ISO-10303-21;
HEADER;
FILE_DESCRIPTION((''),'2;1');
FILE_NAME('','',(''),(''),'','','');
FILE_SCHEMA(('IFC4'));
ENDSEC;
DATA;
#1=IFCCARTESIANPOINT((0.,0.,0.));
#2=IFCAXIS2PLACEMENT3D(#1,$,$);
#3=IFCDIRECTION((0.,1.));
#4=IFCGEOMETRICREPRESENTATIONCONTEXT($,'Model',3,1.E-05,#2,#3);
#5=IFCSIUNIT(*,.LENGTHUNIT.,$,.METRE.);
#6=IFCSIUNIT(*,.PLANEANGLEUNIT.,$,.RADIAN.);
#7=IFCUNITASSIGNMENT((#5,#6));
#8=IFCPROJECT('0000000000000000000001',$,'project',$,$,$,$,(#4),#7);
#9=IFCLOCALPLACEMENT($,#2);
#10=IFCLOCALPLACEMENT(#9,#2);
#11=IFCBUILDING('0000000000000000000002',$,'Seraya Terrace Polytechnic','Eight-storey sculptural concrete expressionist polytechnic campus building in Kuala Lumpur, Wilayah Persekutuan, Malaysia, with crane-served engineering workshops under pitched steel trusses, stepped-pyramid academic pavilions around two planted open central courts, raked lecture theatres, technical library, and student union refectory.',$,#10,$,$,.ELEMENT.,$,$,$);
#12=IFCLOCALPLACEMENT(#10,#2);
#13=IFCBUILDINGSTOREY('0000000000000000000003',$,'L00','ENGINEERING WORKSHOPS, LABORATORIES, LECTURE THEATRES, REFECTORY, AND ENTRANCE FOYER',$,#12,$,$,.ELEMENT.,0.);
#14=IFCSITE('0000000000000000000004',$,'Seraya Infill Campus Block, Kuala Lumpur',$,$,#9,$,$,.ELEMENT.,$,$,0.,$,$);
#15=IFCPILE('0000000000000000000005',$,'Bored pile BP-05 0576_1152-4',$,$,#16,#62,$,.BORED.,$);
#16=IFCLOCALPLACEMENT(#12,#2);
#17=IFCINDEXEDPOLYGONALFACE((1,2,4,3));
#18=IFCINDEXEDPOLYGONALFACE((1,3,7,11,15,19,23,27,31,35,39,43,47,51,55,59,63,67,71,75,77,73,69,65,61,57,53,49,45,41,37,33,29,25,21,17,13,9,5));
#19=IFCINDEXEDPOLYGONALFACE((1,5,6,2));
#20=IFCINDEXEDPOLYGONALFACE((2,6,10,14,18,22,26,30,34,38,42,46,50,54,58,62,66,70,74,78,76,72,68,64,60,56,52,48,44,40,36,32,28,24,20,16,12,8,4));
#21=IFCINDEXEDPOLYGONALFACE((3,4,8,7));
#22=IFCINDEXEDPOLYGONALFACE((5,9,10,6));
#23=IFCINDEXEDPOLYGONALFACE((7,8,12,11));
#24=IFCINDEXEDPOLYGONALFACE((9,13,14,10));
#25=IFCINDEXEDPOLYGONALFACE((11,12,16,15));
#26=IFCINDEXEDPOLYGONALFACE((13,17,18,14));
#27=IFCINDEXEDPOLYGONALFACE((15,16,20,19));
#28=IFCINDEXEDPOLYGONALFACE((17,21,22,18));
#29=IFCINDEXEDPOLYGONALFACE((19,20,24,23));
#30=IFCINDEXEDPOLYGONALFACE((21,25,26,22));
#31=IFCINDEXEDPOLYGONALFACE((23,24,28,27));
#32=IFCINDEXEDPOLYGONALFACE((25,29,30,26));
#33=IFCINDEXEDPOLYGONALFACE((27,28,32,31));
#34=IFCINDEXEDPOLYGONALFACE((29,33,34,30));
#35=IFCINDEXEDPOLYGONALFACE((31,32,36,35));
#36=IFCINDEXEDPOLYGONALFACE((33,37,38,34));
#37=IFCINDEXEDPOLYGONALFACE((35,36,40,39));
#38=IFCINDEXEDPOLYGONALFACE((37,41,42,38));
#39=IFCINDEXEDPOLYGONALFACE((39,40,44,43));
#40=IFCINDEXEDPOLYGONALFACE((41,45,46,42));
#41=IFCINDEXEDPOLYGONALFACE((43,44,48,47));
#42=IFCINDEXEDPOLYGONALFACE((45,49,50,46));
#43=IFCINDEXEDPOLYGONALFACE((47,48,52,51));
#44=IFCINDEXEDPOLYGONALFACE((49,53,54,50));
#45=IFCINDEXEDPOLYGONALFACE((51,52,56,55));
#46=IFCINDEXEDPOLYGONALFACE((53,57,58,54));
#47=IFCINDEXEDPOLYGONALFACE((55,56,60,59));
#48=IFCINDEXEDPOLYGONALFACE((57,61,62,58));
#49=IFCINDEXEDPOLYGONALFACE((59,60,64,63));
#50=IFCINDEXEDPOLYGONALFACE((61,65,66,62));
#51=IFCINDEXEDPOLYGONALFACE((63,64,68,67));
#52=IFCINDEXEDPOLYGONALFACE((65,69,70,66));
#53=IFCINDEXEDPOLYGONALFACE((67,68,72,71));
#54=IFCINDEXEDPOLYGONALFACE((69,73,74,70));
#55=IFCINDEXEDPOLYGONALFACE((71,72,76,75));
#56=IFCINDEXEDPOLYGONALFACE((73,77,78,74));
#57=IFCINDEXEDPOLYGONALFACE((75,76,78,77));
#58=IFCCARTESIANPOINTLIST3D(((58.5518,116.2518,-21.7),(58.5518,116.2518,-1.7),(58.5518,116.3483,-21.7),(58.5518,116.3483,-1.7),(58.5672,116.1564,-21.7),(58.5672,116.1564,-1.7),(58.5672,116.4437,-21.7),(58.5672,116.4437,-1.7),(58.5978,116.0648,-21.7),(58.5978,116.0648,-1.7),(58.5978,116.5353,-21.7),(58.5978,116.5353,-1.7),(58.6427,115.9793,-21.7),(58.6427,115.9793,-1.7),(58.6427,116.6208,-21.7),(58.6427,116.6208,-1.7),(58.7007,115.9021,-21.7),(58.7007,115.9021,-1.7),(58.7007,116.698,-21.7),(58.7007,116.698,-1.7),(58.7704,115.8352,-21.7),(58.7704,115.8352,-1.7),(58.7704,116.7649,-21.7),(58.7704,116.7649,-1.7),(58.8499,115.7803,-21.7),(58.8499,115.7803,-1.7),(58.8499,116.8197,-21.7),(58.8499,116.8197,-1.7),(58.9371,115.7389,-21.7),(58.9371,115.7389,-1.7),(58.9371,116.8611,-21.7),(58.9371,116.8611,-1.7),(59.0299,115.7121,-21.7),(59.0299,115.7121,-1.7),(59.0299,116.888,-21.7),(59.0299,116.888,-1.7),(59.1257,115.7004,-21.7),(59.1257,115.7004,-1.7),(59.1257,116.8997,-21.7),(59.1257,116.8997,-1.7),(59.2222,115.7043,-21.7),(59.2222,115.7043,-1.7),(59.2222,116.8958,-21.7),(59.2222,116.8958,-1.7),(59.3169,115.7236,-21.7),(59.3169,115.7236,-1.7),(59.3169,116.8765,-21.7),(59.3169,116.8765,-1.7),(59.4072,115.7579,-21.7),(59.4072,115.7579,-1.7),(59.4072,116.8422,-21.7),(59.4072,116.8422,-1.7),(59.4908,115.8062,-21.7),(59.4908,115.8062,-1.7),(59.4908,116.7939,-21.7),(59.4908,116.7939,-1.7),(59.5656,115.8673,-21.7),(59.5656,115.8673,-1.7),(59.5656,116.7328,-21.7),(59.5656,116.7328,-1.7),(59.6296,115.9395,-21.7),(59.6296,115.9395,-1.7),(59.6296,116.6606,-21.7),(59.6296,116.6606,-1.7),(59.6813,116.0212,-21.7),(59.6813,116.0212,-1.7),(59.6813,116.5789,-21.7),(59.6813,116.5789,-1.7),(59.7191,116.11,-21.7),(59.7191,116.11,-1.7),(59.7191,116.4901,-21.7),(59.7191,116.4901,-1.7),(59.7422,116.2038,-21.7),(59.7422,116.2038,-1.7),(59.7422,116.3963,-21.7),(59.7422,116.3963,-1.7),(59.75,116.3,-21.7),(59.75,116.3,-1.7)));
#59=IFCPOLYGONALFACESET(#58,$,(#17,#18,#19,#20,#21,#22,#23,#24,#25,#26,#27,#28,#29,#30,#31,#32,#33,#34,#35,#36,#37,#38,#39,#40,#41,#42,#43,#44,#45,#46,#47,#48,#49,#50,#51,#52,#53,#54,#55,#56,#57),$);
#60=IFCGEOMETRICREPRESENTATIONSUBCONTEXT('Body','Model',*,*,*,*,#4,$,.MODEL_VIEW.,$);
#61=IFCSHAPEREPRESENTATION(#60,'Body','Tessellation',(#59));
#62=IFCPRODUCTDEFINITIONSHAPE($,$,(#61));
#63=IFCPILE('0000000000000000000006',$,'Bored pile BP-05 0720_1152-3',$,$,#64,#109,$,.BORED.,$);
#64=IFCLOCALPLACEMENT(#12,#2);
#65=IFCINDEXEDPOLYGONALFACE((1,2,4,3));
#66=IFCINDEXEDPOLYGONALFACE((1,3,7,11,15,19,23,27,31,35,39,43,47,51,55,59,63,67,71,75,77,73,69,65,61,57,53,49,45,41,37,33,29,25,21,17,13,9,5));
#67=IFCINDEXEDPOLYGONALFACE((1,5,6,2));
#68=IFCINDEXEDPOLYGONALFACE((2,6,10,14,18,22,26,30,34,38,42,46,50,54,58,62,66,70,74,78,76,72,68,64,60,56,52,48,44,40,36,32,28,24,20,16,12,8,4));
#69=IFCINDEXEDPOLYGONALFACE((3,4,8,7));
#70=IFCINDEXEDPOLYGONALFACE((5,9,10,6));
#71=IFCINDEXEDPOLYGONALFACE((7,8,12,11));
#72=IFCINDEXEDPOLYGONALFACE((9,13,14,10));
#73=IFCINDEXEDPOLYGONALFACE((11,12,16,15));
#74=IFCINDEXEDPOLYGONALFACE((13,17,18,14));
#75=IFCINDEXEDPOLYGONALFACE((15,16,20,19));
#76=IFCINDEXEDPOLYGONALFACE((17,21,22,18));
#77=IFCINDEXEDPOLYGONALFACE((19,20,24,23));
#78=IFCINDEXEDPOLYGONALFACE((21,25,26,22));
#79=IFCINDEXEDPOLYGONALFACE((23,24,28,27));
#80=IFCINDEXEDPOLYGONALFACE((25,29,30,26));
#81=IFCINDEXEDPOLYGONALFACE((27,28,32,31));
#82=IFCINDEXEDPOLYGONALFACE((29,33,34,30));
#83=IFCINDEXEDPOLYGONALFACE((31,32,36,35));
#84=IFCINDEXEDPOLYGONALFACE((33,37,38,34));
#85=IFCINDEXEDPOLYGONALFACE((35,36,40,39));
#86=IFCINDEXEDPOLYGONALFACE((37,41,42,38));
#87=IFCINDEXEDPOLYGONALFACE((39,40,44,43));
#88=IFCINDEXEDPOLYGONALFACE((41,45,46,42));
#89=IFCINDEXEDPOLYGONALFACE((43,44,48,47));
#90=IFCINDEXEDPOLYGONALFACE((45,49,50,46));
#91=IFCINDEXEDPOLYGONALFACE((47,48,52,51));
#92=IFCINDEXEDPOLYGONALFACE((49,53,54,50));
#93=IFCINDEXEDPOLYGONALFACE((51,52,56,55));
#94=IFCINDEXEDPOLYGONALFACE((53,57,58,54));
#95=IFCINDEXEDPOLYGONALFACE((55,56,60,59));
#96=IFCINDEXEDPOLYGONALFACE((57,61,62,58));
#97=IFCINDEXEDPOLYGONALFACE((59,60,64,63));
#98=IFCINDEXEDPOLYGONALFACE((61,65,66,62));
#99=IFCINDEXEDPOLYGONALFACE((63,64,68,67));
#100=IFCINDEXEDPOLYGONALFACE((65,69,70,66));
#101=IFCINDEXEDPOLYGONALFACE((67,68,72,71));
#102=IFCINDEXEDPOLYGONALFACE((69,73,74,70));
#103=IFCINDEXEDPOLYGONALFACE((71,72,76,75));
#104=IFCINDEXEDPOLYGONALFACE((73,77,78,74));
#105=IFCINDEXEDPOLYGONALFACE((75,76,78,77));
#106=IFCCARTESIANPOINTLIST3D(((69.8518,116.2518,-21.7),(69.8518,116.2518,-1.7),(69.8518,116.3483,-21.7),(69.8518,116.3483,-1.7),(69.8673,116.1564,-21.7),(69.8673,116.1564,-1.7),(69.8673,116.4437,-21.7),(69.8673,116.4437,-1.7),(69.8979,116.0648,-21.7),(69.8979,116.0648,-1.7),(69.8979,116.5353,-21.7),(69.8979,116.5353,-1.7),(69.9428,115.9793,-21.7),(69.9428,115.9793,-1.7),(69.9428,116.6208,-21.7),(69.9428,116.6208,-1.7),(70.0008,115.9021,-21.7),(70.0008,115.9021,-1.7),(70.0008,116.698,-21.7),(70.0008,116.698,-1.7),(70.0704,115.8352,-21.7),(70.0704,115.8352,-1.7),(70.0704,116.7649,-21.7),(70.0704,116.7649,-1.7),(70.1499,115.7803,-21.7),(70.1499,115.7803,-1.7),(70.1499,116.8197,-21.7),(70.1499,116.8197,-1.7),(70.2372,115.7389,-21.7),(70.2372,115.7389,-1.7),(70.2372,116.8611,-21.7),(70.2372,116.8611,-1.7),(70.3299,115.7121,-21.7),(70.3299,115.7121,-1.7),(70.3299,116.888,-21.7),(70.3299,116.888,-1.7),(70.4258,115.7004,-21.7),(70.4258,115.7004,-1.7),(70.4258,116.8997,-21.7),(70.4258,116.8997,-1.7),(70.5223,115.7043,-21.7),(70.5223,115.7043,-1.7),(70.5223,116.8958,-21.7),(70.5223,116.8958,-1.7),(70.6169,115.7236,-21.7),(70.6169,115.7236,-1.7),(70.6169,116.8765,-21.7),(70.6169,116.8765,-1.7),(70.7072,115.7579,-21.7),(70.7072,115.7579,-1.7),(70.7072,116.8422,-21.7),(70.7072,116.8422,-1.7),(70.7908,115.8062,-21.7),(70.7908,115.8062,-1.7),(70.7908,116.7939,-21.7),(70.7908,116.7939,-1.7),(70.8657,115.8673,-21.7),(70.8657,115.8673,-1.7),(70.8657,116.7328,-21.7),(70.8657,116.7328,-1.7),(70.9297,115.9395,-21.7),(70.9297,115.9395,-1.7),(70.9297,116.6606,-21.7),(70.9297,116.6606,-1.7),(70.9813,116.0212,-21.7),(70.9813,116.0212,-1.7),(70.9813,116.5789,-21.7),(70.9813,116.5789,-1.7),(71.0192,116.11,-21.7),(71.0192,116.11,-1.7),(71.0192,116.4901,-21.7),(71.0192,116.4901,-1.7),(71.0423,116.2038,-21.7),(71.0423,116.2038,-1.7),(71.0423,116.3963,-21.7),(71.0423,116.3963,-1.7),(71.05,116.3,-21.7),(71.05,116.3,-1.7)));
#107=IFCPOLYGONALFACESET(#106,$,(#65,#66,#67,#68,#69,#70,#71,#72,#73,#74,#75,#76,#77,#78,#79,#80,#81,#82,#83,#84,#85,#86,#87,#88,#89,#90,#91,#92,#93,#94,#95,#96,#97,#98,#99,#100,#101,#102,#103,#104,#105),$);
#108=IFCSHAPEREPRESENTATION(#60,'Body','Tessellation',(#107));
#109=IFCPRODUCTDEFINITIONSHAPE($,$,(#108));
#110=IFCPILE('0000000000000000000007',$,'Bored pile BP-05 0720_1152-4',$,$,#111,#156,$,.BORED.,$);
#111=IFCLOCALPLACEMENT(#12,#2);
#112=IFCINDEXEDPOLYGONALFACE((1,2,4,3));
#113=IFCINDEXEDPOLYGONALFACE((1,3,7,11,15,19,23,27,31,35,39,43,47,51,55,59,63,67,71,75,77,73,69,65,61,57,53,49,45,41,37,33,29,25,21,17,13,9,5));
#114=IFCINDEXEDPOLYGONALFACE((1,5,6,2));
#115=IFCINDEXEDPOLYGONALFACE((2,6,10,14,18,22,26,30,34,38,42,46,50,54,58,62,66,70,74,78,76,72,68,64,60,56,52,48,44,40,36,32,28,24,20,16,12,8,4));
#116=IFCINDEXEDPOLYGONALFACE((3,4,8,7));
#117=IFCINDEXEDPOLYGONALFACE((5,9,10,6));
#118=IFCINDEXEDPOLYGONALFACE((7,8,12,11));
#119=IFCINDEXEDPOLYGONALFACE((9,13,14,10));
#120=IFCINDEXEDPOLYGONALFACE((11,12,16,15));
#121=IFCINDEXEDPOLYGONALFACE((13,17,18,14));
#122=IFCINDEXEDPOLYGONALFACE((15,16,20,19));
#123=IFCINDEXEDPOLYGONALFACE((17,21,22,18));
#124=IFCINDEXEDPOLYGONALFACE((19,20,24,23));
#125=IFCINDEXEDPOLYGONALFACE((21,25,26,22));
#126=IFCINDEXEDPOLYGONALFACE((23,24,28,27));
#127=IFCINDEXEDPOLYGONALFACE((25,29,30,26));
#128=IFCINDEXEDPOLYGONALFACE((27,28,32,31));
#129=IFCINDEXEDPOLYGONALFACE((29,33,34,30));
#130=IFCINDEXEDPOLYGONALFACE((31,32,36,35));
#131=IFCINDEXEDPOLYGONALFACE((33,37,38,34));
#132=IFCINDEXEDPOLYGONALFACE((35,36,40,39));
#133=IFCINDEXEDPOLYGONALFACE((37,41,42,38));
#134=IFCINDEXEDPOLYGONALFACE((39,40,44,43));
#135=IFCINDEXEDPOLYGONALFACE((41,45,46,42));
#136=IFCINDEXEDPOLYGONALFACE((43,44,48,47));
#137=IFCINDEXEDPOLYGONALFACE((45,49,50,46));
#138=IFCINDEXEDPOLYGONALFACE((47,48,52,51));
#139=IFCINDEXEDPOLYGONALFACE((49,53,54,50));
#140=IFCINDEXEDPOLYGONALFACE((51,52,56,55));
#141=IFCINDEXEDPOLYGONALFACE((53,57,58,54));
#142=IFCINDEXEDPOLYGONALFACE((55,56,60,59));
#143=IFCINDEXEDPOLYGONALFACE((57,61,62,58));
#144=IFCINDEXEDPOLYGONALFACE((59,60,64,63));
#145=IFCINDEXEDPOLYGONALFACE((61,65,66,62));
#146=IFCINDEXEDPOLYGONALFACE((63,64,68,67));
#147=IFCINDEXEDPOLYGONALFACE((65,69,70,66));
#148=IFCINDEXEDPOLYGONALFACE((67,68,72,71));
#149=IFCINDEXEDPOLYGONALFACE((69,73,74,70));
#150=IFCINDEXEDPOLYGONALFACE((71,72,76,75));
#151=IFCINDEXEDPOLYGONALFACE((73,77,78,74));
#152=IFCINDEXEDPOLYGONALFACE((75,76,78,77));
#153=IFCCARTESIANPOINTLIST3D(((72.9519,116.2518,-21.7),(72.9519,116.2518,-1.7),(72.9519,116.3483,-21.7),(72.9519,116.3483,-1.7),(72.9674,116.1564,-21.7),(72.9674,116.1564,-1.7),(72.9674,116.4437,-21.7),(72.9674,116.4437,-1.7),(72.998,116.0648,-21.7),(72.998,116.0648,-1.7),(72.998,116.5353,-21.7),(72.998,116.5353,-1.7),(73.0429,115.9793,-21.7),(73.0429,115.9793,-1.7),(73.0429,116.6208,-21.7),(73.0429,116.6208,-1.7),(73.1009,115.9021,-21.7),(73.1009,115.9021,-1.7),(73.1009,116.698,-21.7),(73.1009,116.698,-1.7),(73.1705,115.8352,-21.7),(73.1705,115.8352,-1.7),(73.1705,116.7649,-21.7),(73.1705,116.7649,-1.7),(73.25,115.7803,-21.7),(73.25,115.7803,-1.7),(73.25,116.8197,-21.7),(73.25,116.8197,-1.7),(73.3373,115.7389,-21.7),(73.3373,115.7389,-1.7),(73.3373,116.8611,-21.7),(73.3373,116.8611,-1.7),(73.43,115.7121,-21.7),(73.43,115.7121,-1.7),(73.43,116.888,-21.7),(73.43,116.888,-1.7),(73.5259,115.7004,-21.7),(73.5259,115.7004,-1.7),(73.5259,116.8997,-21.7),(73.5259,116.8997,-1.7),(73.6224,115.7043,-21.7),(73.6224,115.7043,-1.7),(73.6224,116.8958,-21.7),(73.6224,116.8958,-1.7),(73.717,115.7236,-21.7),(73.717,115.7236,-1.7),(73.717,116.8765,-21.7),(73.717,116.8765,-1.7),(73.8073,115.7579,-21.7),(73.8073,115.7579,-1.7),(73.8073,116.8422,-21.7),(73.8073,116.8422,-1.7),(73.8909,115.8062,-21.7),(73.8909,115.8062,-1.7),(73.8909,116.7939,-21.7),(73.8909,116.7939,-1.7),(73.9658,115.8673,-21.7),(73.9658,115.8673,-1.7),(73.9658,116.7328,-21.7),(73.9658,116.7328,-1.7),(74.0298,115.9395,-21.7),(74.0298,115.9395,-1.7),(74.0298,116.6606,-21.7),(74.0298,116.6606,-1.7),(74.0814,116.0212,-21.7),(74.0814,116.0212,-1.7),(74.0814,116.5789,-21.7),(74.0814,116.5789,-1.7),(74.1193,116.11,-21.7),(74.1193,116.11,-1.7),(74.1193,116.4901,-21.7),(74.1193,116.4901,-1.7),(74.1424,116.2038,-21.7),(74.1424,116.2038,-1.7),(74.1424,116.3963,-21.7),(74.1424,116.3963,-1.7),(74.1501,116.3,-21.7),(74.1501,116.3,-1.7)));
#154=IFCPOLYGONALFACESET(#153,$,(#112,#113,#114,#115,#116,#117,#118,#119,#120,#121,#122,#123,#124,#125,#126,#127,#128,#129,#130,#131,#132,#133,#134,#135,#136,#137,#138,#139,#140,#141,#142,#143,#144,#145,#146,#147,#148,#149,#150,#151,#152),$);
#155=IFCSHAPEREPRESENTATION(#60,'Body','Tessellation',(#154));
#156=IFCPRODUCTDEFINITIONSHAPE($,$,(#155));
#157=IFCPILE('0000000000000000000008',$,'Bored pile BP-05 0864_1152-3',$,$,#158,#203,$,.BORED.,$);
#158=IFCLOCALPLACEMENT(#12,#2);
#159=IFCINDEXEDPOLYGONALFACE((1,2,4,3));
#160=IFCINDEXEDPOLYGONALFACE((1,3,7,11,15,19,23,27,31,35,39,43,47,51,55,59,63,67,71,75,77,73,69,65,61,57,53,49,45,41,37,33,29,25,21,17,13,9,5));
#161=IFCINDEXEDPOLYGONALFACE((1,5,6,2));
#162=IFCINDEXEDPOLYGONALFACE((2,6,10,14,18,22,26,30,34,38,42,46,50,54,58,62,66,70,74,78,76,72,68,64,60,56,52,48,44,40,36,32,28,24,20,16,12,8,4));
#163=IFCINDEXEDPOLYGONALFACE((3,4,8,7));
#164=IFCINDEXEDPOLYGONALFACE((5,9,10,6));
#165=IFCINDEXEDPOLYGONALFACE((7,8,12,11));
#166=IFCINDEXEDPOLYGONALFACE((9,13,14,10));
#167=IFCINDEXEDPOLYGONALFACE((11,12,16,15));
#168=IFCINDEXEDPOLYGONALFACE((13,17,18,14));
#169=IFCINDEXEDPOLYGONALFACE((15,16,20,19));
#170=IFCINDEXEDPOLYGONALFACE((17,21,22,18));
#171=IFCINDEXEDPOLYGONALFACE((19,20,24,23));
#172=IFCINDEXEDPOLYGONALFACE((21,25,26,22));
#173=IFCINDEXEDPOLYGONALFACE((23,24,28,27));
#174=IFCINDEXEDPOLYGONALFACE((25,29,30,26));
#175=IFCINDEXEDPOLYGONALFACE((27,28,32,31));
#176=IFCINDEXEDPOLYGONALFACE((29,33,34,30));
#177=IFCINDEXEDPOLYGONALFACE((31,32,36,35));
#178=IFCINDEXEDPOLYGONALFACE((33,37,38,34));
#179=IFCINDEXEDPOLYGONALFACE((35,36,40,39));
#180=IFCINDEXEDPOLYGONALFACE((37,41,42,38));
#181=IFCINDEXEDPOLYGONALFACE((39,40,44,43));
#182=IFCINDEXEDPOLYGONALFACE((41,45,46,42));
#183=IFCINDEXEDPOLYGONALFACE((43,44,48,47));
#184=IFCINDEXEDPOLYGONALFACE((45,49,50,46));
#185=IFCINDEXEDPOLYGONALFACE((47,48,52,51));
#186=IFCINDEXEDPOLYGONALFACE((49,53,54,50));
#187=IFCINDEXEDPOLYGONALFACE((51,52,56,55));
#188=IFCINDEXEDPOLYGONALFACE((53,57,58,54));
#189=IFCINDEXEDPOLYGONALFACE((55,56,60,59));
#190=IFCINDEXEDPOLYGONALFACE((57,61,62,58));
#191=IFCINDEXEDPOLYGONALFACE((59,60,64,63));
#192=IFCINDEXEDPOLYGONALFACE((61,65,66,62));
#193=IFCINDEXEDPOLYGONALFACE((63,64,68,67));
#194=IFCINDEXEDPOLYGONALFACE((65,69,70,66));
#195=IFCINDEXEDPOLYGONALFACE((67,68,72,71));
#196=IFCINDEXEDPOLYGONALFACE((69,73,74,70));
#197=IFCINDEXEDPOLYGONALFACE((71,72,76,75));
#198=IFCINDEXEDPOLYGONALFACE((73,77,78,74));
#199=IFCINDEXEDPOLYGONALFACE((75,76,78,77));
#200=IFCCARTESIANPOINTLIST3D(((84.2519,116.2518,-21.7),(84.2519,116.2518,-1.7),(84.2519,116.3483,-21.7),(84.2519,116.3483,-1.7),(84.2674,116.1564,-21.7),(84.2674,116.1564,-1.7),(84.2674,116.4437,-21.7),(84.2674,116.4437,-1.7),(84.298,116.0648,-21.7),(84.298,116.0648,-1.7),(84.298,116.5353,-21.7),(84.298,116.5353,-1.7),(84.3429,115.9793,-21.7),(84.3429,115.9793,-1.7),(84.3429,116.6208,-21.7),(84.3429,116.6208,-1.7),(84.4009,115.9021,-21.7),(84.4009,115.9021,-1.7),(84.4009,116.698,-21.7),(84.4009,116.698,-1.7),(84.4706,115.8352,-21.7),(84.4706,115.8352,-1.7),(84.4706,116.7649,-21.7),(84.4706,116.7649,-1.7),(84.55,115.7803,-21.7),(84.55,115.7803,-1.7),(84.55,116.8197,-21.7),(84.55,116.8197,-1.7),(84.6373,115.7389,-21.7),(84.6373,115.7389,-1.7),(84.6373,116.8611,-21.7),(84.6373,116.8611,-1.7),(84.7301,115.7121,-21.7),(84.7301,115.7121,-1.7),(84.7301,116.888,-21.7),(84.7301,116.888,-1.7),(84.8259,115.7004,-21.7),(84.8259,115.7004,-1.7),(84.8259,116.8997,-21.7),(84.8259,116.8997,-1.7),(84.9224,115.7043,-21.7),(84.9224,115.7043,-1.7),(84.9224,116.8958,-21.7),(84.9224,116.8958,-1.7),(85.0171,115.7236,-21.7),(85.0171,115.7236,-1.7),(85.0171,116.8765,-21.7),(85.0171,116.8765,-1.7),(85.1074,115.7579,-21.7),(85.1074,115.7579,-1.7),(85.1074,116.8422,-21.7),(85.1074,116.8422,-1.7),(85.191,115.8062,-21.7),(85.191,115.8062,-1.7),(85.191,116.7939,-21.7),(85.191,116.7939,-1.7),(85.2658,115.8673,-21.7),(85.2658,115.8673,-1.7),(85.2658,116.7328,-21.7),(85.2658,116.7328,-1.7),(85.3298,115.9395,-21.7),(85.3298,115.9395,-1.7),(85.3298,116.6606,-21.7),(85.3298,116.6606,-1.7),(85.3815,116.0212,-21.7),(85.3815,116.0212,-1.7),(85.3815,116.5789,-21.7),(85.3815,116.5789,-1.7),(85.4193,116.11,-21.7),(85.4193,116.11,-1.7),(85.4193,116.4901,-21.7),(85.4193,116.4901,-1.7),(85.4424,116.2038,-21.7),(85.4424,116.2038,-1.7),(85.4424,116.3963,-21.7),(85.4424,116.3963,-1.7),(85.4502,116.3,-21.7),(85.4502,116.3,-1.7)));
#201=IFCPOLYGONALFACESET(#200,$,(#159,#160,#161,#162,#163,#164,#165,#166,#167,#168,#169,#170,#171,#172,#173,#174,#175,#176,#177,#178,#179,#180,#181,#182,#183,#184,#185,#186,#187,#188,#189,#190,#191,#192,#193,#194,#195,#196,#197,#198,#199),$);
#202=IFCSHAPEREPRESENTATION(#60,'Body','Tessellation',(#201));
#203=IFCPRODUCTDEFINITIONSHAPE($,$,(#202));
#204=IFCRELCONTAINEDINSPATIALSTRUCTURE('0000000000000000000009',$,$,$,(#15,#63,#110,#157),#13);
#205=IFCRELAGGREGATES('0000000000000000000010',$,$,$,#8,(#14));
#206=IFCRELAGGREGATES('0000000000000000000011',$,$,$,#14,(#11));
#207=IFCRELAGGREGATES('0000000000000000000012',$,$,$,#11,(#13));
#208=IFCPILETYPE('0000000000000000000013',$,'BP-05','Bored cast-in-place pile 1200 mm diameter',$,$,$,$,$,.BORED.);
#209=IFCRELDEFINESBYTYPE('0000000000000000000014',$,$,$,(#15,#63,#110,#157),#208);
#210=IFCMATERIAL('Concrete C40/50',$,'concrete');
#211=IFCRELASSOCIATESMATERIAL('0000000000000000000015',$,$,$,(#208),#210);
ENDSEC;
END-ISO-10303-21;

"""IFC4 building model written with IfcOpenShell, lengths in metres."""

from ifc_helpers import new_model, si_unit, direction, frame, origin, origin_2d, place, context, subcontext, project, spatial, circle, extrude, material, material_profile, profile_set, type_object, element, save


model = new_model("IFC4")

# Units and contexts
model_context = context("Model", 3, precision=1e-05, world=origin(), true_north=direction((0.0, 1.0)))
body_context = subcontext(model_context, "Body", "Model", "MODEL_VIEW")
ifc_project = project(units=[si_unit("LENGTHUNIT", "METRE"), si_unit("PLANEANGLEUNIT", "RADIAN")], contexts=[model_context])

# Site, building, storey
site_placement = place(None, origin())
site = spatial("IfcSite", under=ifc_project, at=site_placement, Name="Seraya Infill Campus Block, Kuala Lumpur", CompositionType="ELEMENT", RefElevation=0.0)
building_placement = place(site_placement, origin())
building = spatial("IfcBuilding", under=site, at=building_placement, Name="Seraya Terrace Polytechnic", Description="Eight-storey sculptural concrete expressionist polytechnic campus building in Kuala Lumpur, Wilayah Persekutuan, Malaysia, with crane-served engineering workshops under pitched steel trusses, stepped-pyramid academic pavilions around two planted open central courts, raked lecture theatres, technical library, and student union refectory.", CompositionType="ELEMENT")
storey_placement = place(building_placement, origin())
storey = spatial("IfcBuildingStorey", under=building, at=storey_placement, Name="L00", Description="ENGINEERING WORKSHOPS, LABORATORIES, LECTURE THEATRES, REFECTORY, AND ENTRANCE FOYER", CompositionType="ELEMENT", Elevation=0.0)

# Piles
ifc_material_1 = material(Name="Concrete C40/50", Category="concrete")
ifc_material_profile_1 = material_profile(ifc_material_1, circle(Radius=0.6001, at=origin_2d()), Name="DIA 1200")
ifc_profile_set_1 = profile_set([ifc_material_profile_1], Name="Concrete C40/50")
pile_type_1 = type_object("IfcPileType", Name="BP-05", Description="Bored cast-in-place pile 1200 mm diameter", PredefinedType="BORED", material=ifc_profile_set_1)
for number, where, z_axis, x_axis, name in (
    (1, (59.1499, 116.3, -1.7), (0.0, 0.0, -1.0), (1.0, 0.0, 0.0), "Bored pile BP-05 0576_1152-4"),
    (2, (70.45, 116.3, -1.7), (0.0, 0.0, -1.0), (1.0, 0.0, 0.0), "Bored pile BP-05 0720_1152-3"),
    (3, (73.55, 116.3, -1.7), (0.0, 0.0, -1.0), (1.0, 0.0, 0.0), "Bored pile BP-05 0720_1152-4"),
    (4, (84.8501, 116.3, -1.7), (0.0, 0.0, -1.0), (1.0, 0.0, 0.0), "Bored pile BP-05 0864_1152-3"),
):
    element("IfcPile", number, at=place(storey_placement, frame(where, z_axis=z_axis, x_axis=x_axis)), inside=storey, type_object=pile_type_1, Name=name, PredefinedType="BORED", context=body_context, shape_type="SweptSolid", body=[
        extrude(circle(Radius=0.6001, at=origin_2d()), origin(), (0.0, 0.0, 1.0), 20.0),
    ])

save(model, "model.ifc")
